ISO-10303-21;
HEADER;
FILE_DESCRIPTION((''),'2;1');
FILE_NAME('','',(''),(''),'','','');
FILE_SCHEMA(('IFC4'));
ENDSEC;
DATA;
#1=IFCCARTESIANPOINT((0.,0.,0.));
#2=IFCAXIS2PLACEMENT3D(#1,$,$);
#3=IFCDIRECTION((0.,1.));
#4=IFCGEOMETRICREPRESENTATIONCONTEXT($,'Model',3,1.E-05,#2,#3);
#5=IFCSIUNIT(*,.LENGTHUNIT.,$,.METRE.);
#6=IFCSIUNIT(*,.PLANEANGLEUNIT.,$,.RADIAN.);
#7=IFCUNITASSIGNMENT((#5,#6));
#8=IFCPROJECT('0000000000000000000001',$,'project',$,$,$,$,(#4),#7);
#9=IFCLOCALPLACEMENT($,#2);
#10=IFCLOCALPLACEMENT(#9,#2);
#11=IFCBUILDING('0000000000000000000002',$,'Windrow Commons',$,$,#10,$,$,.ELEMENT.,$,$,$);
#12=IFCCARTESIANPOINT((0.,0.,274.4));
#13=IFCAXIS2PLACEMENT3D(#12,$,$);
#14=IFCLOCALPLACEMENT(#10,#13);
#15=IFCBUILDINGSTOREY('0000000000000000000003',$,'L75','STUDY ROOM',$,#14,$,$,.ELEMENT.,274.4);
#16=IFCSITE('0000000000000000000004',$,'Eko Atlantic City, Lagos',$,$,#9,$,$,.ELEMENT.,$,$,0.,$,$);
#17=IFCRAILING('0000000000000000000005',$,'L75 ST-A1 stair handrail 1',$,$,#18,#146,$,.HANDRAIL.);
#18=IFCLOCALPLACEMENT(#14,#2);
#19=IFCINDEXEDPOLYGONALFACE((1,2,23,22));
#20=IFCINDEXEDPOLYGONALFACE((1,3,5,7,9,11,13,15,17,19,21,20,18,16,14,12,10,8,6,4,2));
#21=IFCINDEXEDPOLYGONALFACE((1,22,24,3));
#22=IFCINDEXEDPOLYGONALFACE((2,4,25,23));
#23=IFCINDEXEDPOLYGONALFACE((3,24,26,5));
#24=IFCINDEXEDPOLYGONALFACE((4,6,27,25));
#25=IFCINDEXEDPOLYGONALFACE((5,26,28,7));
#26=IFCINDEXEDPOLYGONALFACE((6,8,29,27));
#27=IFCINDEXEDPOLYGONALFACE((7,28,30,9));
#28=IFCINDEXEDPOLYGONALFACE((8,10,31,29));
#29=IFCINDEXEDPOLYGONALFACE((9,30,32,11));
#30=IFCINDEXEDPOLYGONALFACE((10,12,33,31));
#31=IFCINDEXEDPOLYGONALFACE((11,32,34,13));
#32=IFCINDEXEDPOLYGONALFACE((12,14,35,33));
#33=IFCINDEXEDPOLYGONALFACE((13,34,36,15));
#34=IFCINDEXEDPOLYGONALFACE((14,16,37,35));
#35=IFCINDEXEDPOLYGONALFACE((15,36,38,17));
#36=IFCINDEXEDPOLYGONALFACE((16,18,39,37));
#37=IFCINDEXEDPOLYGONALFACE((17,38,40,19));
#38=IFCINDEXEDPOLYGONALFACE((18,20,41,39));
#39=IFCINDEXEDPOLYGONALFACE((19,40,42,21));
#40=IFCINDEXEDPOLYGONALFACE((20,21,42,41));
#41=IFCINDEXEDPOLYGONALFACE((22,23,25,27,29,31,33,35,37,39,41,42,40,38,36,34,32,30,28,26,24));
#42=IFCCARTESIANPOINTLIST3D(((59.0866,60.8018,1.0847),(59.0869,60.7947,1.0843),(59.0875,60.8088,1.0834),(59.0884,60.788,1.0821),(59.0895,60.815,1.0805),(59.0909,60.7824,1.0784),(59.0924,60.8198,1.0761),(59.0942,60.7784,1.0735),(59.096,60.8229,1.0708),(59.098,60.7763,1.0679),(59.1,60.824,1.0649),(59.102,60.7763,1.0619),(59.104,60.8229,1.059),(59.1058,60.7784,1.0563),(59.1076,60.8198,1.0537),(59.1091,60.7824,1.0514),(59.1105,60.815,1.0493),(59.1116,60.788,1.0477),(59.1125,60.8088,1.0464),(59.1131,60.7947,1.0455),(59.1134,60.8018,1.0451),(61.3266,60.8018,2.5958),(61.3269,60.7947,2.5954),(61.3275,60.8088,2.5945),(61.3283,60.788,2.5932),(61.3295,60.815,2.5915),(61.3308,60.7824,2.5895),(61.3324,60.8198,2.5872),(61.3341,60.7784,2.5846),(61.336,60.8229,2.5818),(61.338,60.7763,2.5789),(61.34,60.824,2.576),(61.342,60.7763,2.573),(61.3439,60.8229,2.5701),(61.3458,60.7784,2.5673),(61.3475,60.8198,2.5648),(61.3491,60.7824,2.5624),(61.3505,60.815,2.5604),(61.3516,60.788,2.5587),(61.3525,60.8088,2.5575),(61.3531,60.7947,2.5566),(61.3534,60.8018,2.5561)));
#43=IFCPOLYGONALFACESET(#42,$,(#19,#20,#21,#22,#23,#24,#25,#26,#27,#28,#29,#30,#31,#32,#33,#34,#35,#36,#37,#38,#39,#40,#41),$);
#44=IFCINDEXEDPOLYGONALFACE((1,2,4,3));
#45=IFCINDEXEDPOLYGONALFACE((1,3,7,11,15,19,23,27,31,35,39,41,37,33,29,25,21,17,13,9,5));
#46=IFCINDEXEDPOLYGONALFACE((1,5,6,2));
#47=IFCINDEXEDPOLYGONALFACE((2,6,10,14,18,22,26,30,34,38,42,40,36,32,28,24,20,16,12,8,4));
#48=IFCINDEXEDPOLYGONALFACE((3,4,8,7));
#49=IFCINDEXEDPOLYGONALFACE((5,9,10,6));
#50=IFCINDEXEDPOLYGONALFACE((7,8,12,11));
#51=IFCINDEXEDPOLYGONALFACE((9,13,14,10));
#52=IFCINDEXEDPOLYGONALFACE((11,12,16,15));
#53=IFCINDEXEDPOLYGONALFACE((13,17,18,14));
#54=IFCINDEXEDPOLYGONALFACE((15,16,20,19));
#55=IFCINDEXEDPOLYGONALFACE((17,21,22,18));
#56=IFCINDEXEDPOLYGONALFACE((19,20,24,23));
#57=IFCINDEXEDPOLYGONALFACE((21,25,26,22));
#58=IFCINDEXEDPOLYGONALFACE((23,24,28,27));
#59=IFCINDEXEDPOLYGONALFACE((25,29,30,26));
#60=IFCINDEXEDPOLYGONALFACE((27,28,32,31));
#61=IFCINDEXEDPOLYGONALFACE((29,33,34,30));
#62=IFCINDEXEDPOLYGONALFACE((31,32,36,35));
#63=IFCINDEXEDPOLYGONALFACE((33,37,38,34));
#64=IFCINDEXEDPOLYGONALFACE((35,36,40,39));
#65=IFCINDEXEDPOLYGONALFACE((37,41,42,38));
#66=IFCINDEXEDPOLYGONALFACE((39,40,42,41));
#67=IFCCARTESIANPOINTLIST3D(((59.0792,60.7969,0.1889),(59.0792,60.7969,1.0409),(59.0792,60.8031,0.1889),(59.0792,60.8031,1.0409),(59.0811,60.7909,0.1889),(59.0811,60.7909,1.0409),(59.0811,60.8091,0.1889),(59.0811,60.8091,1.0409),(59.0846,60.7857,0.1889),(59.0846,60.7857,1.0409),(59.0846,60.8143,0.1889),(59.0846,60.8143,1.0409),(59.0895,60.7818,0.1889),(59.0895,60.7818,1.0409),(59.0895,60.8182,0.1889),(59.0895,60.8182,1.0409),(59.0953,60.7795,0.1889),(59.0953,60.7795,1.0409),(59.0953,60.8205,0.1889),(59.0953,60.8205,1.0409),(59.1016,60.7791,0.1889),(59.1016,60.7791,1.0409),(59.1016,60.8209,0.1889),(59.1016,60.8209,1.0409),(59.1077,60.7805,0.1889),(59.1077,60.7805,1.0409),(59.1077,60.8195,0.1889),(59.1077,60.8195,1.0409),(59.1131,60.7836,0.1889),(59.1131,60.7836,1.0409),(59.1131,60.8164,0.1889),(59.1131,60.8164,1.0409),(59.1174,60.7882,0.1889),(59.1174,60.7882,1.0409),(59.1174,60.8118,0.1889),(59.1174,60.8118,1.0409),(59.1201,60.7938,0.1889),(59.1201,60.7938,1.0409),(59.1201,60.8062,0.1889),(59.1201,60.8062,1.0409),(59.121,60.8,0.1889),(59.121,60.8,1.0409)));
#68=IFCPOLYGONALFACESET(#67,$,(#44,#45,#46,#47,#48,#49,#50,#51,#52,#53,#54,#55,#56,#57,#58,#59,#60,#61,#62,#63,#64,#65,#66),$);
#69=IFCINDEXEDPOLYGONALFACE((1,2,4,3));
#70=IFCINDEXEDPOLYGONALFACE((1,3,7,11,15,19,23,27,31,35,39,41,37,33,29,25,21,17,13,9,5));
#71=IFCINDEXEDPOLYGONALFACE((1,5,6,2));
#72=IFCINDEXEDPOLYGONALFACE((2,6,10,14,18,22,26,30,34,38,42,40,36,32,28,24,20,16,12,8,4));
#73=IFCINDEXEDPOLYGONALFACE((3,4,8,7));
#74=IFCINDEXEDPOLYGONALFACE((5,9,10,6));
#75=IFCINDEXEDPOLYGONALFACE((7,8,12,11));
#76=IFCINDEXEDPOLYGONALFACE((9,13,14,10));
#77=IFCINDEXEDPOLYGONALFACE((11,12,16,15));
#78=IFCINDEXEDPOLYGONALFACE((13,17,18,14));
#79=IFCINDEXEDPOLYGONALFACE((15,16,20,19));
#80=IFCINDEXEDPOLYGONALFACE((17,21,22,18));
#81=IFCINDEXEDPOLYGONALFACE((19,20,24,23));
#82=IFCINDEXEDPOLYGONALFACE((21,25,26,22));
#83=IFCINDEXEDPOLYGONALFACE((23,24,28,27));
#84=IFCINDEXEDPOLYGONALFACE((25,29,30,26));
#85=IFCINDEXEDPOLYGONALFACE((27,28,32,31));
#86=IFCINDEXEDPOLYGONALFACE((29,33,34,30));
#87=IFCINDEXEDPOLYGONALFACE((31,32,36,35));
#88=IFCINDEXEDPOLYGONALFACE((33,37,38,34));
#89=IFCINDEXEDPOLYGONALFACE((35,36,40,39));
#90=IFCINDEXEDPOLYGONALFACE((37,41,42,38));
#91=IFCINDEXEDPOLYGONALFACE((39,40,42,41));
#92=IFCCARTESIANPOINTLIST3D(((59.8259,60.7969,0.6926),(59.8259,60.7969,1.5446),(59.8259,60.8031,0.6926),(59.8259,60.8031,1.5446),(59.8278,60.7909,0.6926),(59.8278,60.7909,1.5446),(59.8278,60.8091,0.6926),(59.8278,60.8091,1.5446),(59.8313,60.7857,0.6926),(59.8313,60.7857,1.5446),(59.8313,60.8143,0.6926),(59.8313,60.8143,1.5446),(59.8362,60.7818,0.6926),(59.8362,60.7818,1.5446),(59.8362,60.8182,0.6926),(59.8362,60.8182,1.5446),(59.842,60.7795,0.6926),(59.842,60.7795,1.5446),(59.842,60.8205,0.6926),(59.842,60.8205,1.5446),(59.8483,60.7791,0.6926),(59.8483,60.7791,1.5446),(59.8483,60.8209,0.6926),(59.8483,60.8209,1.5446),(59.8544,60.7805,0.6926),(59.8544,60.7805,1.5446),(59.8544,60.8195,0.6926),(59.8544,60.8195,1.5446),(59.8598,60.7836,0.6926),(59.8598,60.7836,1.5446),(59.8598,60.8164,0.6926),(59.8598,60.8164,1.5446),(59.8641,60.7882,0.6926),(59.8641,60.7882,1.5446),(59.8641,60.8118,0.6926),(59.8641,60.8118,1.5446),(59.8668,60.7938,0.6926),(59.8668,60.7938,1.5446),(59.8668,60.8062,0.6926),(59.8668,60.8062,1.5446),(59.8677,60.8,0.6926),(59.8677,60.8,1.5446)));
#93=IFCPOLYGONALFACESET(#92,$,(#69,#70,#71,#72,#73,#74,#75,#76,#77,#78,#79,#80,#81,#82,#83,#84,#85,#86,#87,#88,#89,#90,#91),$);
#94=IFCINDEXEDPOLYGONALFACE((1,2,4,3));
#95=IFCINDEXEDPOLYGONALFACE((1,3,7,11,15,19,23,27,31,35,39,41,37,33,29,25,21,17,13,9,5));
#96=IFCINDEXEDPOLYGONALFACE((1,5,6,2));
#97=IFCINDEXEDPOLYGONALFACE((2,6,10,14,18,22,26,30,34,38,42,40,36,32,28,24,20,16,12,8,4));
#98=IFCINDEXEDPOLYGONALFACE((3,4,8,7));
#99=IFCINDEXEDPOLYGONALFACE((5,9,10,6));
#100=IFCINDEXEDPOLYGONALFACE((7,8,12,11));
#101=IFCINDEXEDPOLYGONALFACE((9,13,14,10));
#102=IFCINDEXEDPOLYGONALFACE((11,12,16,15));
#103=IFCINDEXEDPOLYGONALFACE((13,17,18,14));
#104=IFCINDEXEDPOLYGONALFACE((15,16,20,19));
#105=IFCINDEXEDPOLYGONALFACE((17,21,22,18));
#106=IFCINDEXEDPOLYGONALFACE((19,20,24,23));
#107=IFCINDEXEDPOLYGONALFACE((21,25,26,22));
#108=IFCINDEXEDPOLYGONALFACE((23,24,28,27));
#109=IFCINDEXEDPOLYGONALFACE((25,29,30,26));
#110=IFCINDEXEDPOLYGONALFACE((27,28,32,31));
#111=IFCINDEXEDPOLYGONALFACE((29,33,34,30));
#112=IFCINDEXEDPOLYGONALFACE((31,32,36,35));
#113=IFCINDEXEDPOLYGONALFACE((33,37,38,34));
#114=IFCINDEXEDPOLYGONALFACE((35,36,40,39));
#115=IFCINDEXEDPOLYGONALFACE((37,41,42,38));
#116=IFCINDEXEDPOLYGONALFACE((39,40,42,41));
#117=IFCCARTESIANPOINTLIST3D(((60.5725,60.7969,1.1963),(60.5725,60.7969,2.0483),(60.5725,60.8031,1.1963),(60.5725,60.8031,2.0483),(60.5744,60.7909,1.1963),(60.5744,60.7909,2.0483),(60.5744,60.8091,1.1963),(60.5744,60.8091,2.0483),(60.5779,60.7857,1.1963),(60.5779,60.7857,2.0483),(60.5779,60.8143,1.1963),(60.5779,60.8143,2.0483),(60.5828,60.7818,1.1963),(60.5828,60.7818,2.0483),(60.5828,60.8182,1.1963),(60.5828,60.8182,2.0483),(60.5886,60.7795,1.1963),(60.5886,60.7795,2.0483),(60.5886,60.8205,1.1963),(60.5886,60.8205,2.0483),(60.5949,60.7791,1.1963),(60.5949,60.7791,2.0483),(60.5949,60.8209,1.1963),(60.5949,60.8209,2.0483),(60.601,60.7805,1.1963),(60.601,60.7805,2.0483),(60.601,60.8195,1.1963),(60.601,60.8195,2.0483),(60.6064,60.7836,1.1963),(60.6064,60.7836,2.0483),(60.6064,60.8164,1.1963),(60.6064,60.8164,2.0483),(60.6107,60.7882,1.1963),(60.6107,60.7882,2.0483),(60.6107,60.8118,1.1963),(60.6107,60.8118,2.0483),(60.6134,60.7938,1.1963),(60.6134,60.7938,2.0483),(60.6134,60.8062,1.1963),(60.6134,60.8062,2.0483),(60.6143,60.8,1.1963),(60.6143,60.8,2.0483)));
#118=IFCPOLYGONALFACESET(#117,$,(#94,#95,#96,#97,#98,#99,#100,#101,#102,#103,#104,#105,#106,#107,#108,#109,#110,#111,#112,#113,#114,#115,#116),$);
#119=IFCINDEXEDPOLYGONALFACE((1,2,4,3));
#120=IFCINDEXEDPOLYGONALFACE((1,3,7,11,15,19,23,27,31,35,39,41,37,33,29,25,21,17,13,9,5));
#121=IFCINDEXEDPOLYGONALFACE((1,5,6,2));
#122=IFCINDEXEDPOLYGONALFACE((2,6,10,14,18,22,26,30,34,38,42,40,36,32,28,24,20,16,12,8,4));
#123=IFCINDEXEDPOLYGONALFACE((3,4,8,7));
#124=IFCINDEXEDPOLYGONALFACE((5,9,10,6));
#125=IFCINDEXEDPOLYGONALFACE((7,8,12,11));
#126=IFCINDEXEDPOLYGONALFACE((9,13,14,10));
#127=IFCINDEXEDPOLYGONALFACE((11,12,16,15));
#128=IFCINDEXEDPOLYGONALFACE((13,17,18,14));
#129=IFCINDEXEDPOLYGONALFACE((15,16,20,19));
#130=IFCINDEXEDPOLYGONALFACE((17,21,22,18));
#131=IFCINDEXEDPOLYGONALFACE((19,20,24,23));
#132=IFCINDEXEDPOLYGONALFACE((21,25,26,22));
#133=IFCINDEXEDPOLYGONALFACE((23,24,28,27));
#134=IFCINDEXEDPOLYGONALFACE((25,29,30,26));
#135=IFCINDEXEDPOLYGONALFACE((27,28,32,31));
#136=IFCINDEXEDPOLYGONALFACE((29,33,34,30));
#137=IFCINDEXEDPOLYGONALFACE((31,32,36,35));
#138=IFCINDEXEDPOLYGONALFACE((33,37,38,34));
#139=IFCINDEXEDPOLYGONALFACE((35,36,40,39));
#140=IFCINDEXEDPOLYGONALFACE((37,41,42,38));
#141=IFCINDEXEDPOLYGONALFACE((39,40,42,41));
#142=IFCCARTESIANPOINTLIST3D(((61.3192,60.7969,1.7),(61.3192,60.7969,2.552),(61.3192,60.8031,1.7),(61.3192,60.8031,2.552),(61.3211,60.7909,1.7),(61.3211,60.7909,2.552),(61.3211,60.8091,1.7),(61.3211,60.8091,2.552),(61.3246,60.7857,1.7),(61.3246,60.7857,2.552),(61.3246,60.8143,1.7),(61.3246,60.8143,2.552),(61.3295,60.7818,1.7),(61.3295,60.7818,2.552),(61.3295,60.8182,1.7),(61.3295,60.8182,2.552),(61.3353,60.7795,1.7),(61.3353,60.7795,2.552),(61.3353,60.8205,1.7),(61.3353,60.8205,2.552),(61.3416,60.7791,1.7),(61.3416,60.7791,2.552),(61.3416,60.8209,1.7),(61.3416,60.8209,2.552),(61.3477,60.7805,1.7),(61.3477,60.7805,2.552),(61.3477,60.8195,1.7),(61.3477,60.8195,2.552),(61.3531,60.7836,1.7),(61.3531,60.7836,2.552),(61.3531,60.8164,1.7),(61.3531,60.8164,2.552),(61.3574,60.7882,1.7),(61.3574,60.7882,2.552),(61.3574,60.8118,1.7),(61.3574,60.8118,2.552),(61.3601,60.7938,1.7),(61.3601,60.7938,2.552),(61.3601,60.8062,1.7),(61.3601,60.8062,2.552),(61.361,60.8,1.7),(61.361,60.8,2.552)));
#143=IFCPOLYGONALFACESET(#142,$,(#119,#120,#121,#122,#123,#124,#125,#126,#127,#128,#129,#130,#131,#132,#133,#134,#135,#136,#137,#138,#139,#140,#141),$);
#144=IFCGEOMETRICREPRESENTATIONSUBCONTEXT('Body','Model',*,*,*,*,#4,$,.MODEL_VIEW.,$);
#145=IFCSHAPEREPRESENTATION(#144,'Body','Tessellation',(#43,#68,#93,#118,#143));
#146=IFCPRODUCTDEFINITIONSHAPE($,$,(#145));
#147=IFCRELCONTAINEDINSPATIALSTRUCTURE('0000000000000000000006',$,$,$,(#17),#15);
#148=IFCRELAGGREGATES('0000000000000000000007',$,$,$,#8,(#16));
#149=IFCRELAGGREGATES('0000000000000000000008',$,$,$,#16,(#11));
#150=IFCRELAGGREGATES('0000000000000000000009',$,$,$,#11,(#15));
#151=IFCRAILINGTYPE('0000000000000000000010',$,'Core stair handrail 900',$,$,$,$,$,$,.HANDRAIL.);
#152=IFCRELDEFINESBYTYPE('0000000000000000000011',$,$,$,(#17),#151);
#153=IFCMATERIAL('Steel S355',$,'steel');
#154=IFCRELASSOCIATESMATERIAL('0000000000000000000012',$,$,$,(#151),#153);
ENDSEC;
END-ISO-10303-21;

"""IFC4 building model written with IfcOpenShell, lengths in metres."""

from ifc_helpers import new_model, si_unit, direction, frame, origin, origin_2d, place, context, subcontext, project, spatial, circle, extrude, material, type_object, element, save


model = new_model("IFC4")

# Units and contexts
model_context = context("Model", 3, precision=1e-05, world=origin(), true_north=direction((0.0, 1.0)))
body_context = subcontext(model_context, "Body", "Model", "MODEL_VIEW")
ifc_project = project(units=[si_unit("LENGTHUNIT", "METRE"), si_unit("PLANEANGLEUNIT", "RADIAN")], contexts=[model_context])

# Site, building, storey
site_placement = place(None, origin())
site = spatial("IfcSite", under=ifc_project, at=site_placement, Name="Eko Atlantic City, Lagos", CompositionType="ELEMENT", RefElevation=0.0)
building_placement = place(site_placement, origin())
building = spatial("IfcBuilding", under=site, at=building_placement, Name="Windrow Commons", CompositionType="ELEMENT")
storey_placement = place(building_placement, frame((0.0, 0.0, 274.4)))
storey = spatial("IfcBuildingStorey", under=building, at=storey_placement, Name="L75", Description="STUDY ROOM", CompositionType="ELEMENT", Elevation=274.4)

# Railing
ifc_material_1 = material(Name="Steel S355", Category="steel")
railing_type_1 = type_object("IfcRailingType", Name="Core stair handrail 900", PredefinedType="HANDRAIL", material=ifc_material_1)
railing_1_placement = place(storey_placement, frame((59.1, 60.8, 0.1889)))
element("IfcRailing", 1, at=railing_1_placement, inside=storey, type_object=railing_type_1, Name="L75 ST-A1 stair handrail 1", PredefinedType="HANDRAIL", context=body_context, shape_type="SweptSolid", body=[
    extrude(circle(Radius=0.024, at=origin_2d()), frame((0.0, 0.0, 0.876), z_axis=(0.829003, 0.0, 0.559244), x_axis=(0.0, 1.0, 0.0)), (0.0, 0.0, 1.0), 2.702),
    extrude(circle(Radius=0.021, at=origin_2d()), origin(), (0.0, 0.0, 1.0), 0.852),
    extrude(circle(Radius=0.021, at=origin_2d()), frame((0.7467, 0.0, 0.5037)), (0.0, 0.0, 1.0), 0.852),
    extrude(circle(Radius=0.021, at=origin_2d()), frame((1.4933, 0.0, 1.0074)), (0.0, 0.0, 1.0), 0.852),
    extrude(circle(Radius=0.021, at=origin_2d()), frame((2.24, 0.0, 1.5111)), (0.0, 0.0, 1.0), 0.852),
])

save(model, "model.ifc")
